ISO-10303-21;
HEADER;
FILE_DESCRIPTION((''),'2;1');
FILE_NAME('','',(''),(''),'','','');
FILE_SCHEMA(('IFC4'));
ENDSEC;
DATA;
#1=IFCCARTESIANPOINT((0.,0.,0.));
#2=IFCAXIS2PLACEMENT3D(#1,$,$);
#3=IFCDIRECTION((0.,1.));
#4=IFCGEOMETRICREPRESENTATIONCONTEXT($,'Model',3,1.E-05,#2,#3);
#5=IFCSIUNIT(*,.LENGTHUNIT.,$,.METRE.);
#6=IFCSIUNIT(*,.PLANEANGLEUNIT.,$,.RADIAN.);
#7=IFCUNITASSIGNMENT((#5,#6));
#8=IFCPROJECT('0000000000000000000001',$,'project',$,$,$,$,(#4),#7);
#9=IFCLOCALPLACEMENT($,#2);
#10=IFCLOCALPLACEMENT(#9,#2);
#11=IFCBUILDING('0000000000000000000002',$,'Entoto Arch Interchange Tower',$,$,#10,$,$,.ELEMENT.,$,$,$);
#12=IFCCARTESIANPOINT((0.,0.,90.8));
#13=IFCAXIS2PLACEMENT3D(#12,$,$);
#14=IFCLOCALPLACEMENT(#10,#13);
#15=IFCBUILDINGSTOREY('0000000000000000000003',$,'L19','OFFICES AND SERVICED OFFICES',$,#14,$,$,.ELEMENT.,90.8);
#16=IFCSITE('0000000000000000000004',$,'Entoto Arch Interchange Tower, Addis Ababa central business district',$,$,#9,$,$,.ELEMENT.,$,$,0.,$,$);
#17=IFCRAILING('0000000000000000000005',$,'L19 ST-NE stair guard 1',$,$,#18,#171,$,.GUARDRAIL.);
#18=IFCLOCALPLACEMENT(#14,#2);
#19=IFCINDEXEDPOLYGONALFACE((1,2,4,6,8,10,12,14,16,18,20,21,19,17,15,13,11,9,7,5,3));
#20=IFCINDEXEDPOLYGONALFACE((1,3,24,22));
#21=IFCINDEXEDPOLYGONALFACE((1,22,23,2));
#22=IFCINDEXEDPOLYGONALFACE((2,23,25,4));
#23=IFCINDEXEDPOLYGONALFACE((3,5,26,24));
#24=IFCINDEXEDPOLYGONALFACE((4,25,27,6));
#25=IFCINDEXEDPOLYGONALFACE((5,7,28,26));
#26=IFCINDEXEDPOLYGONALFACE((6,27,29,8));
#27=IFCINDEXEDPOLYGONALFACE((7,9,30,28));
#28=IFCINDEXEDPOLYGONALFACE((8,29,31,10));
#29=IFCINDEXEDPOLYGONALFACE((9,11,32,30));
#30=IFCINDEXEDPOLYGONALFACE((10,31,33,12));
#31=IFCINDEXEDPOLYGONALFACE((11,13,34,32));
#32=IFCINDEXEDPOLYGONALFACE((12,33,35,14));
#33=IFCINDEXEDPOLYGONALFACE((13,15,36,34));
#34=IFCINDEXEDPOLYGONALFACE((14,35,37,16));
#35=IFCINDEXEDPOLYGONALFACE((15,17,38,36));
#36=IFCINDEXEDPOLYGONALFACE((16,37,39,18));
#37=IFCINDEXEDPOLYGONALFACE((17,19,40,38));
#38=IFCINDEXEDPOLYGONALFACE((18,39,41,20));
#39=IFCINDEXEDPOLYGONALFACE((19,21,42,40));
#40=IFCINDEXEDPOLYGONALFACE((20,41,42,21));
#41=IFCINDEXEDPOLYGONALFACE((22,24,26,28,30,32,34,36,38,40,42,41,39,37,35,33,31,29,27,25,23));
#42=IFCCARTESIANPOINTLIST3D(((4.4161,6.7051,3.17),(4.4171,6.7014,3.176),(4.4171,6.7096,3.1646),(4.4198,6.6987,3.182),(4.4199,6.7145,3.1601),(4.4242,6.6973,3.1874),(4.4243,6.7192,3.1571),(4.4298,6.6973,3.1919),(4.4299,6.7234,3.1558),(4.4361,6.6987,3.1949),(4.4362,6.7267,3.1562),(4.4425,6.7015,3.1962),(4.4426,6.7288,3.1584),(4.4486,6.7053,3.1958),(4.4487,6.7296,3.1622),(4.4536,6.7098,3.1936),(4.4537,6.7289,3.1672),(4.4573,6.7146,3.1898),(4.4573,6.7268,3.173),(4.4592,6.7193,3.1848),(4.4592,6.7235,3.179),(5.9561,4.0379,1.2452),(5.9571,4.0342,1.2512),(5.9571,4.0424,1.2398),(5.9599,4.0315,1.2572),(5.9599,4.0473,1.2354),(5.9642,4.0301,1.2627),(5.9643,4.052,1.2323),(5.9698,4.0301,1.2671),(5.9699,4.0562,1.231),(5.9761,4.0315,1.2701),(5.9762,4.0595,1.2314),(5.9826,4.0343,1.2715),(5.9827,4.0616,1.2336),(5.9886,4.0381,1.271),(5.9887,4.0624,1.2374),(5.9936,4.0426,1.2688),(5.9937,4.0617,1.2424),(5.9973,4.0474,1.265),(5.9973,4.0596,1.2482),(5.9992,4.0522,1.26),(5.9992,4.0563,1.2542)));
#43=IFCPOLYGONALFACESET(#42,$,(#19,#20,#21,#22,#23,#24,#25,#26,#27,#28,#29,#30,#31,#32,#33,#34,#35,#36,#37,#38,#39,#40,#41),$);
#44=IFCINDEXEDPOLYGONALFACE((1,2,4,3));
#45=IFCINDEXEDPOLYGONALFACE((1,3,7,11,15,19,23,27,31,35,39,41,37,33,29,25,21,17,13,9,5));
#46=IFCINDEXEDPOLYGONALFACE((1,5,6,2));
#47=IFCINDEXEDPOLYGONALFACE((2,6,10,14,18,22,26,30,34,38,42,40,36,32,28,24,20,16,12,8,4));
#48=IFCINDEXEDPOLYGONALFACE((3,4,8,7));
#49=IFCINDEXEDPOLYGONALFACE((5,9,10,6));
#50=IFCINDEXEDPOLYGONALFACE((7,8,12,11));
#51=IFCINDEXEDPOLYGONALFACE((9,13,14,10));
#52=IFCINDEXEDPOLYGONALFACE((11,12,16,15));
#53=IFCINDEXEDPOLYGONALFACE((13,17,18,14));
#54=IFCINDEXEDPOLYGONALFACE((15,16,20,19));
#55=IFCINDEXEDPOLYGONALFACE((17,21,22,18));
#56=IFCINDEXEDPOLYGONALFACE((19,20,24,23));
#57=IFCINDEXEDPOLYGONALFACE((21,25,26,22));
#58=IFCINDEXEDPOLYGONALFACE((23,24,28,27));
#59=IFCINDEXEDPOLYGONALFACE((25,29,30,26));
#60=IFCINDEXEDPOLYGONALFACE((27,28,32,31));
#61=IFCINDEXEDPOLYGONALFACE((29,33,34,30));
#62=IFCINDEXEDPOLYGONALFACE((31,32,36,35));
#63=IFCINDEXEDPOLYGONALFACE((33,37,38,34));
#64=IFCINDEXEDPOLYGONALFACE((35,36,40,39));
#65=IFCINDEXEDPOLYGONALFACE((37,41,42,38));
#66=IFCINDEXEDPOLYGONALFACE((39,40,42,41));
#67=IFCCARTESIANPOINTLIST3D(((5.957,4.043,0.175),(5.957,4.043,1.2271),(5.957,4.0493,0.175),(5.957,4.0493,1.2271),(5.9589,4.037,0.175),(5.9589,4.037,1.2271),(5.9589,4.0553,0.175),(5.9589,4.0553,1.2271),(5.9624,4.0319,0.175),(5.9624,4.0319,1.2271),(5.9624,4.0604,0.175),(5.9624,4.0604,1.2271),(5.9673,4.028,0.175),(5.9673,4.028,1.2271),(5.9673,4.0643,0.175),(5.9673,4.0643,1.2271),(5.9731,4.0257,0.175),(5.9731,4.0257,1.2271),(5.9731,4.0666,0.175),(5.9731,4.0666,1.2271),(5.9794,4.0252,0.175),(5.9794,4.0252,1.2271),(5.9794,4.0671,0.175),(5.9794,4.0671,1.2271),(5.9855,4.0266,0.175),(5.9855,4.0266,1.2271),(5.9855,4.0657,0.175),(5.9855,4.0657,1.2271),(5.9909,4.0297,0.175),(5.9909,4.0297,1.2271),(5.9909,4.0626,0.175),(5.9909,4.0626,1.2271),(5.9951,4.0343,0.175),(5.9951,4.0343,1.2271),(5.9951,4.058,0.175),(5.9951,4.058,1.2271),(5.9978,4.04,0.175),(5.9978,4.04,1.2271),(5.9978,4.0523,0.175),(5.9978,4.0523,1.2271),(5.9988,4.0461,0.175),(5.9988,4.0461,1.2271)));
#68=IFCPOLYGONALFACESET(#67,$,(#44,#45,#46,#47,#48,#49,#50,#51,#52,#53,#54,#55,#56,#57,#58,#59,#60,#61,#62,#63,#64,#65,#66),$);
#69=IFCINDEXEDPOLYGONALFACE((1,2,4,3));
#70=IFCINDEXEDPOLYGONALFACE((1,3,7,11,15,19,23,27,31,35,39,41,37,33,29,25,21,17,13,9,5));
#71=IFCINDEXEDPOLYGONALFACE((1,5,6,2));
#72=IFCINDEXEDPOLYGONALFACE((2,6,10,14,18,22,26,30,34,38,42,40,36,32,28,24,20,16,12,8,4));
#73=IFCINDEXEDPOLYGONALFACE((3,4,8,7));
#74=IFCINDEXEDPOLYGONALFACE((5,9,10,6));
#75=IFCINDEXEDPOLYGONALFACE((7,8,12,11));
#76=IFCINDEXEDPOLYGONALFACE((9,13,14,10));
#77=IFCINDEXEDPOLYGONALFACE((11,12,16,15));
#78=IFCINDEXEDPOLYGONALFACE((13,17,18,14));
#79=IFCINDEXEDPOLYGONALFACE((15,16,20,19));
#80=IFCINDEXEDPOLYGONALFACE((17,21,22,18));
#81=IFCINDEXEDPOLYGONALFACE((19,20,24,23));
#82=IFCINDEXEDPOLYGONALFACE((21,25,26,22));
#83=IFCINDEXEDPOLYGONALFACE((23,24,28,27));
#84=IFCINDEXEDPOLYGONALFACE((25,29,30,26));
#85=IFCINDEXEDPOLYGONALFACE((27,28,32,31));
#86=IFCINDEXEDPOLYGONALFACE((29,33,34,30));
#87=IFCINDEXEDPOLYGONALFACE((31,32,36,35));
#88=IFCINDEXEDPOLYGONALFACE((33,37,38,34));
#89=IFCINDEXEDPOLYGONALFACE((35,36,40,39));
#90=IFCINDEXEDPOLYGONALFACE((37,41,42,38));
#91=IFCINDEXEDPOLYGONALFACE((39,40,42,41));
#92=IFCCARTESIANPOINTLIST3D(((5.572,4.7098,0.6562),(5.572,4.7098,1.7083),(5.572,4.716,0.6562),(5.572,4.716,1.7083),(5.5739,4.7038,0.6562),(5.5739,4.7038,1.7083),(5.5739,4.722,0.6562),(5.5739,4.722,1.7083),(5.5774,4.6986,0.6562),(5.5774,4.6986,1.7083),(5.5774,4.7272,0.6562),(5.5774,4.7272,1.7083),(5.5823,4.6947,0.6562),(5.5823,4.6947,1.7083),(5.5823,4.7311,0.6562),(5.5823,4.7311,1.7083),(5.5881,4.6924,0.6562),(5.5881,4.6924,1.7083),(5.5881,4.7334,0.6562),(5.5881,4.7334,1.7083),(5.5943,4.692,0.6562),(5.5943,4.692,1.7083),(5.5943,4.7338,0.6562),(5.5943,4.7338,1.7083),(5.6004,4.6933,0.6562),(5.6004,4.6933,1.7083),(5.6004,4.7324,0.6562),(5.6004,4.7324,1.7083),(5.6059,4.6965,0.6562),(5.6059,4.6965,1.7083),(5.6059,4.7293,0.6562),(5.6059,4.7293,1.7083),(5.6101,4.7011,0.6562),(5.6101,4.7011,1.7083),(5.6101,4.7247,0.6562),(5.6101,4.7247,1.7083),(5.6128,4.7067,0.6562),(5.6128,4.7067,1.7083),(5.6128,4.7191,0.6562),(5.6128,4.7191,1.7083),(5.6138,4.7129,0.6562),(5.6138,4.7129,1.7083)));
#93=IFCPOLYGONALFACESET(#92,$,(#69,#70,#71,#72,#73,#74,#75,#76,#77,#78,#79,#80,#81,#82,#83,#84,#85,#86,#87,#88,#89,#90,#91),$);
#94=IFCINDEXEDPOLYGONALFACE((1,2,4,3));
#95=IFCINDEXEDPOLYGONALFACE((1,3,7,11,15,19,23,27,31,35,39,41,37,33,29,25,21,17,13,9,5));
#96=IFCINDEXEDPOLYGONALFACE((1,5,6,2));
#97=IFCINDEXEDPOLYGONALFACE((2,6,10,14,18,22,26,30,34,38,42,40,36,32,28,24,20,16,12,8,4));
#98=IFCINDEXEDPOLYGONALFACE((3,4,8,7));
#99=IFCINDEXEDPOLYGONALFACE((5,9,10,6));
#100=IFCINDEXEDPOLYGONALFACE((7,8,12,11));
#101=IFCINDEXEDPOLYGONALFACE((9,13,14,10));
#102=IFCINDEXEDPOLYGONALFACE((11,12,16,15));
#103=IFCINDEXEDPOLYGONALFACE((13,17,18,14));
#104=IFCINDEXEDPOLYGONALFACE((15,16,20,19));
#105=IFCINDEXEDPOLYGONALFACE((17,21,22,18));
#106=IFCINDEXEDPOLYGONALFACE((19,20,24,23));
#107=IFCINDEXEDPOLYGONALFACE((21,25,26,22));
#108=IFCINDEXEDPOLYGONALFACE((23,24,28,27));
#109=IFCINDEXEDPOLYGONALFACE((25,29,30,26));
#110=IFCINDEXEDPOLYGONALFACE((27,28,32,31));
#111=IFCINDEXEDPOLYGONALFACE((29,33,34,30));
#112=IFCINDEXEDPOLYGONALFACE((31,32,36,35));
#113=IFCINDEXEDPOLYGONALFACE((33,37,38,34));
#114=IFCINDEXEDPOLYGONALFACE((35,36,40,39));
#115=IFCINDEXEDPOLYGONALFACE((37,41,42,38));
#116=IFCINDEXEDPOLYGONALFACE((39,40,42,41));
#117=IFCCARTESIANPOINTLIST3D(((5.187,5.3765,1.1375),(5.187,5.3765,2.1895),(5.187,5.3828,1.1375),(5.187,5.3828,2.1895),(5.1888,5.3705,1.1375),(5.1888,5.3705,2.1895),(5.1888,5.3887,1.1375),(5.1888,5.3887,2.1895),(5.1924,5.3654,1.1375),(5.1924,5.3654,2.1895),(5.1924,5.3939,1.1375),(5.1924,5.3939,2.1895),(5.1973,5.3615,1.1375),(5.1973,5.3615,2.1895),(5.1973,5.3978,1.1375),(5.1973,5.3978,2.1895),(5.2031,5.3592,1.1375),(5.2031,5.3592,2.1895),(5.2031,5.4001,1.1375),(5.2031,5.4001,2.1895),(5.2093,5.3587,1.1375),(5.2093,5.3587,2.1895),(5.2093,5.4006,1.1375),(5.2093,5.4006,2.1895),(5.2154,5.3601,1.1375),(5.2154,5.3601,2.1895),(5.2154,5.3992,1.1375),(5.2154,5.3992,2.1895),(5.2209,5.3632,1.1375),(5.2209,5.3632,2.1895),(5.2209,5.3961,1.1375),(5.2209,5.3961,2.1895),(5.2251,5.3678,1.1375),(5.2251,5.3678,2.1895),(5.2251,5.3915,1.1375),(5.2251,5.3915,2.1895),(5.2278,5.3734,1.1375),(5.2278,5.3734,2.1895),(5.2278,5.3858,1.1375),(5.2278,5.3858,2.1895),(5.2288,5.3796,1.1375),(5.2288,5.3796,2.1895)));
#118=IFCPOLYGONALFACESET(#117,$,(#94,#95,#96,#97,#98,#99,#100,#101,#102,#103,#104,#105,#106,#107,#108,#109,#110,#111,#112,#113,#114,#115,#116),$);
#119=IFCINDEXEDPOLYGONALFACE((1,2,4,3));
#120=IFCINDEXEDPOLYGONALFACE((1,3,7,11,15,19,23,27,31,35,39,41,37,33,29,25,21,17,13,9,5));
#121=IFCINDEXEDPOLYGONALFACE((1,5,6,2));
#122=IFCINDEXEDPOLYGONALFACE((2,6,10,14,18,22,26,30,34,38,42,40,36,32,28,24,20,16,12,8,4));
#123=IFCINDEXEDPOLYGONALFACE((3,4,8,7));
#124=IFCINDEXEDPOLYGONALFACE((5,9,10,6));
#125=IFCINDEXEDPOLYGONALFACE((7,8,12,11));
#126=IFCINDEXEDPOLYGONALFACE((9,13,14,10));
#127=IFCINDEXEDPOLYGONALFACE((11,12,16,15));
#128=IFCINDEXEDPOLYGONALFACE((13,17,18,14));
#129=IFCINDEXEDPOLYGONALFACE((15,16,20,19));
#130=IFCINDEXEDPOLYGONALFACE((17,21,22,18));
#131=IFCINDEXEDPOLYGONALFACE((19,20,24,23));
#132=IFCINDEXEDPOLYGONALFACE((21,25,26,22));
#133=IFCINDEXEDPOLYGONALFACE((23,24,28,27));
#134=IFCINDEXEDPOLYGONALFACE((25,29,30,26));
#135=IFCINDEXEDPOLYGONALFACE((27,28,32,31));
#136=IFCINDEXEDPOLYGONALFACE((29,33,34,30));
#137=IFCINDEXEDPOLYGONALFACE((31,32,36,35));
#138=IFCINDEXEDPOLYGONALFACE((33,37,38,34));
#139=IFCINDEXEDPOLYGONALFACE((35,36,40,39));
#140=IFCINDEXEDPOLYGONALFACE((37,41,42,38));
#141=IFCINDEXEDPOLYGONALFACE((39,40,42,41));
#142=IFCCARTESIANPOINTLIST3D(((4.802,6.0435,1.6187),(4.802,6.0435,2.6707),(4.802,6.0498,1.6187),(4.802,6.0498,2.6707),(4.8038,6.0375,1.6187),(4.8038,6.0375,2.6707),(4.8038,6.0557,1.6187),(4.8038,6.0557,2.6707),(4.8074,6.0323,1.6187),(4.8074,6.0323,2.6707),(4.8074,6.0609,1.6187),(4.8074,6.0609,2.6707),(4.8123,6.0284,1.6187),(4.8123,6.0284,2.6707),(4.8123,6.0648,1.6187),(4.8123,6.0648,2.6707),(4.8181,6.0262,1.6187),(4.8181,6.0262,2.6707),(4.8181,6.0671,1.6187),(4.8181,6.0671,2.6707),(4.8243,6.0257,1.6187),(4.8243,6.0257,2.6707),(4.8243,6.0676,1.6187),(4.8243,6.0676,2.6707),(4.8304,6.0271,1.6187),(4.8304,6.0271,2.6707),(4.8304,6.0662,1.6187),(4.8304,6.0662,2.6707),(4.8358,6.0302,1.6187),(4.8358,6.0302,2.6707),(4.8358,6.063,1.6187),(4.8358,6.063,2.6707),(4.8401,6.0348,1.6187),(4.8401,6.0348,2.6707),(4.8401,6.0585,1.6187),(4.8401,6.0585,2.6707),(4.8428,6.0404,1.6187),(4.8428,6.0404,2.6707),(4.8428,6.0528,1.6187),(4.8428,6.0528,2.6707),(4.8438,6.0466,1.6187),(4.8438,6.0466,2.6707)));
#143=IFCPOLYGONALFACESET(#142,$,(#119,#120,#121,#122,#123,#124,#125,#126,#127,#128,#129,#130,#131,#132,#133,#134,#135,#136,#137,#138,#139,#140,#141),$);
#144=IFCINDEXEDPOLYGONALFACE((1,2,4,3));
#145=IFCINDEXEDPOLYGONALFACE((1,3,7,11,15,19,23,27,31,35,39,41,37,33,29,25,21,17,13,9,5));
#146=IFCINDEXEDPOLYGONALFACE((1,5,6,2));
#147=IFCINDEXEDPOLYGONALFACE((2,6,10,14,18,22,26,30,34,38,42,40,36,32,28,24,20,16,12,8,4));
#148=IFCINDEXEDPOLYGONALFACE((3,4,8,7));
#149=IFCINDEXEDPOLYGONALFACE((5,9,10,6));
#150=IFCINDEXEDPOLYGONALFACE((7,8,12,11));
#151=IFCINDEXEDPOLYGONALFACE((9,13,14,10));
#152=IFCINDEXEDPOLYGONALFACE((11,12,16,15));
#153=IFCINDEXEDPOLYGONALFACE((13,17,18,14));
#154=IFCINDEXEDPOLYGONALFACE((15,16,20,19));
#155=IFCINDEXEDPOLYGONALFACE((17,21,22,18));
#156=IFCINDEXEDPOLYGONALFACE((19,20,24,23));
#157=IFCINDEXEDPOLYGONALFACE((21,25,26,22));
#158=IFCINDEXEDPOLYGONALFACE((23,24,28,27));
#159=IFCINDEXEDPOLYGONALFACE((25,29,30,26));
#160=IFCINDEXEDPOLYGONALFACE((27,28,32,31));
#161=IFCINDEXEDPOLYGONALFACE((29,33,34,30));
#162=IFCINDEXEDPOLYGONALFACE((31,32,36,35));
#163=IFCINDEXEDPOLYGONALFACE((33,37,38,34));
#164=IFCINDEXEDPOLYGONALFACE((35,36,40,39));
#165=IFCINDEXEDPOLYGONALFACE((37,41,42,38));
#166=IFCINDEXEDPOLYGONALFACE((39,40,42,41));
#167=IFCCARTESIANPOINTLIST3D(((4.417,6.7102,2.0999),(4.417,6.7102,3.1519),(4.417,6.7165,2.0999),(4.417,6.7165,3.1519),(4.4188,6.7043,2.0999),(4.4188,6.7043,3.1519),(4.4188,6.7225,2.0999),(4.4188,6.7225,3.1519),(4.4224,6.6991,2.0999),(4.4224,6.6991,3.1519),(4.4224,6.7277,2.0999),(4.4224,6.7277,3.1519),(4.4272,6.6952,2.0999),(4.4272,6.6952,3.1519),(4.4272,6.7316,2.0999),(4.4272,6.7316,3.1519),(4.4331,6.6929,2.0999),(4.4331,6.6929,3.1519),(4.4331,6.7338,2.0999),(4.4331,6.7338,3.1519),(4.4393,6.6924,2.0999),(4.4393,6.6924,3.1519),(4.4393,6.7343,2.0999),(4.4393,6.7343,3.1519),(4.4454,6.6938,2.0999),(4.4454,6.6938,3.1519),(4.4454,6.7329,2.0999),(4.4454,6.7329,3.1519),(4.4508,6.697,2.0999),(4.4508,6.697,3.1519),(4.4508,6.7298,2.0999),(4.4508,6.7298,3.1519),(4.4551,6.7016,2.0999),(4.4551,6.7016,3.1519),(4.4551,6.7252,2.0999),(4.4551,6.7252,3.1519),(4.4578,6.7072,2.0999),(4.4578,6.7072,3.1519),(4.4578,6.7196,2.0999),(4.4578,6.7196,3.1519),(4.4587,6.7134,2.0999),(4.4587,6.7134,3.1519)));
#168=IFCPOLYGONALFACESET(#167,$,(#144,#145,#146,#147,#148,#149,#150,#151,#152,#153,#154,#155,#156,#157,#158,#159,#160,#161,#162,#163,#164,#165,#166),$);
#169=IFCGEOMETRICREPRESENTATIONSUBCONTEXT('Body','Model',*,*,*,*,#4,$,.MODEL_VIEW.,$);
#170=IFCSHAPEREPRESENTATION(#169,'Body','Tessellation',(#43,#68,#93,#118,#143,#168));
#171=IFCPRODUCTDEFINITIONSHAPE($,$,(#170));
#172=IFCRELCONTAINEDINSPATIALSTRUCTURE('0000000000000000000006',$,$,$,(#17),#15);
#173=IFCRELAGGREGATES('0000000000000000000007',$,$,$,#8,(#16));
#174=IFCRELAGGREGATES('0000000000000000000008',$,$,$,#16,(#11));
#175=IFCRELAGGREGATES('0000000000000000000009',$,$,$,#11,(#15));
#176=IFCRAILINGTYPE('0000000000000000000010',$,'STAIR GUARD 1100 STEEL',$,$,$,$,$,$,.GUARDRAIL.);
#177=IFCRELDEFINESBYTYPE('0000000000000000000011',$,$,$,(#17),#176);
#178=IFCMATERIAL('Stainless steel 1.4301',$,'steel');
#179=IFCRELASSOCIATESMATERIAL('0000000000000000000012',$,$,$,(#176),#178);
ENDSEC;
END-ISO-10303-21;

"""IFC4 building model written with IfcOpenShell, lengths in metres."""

from ifc_helpers import new_model, si_unit, direction, frame, origin, origin_2d, place, context, subcontext, project, spatial, circle, extrude, material, type_object, element, save


model = new_model("IFC4")

# Units and contexts
model_context = context("Model", 3, precision=1e-05, world=origin(), true_north=direction((0.0, 1.0)))
body_context = subcontext(model_context, "Body", "Model", "MODEL_VIEW")
ifc_project = project(units=[si_unit("LENGTHUNIT", "METRE"), si_unit("PLANEANGLEUNIT", "RADIAN")], contexts=[model_context])

# Site, building, storey
site_placement = place(None, origin())
site = spatial("IfcSite", under=ifc_project, at=site_placement, Name="Entoto Arch Interchange Tower, Addis Ababa central business district", CompositionType="ELEMENT", RefElevation=0.0)
building_placement = place(site_placement, origin())
building = spatial("IfcBuilding", under=site, at=building_placement, Name="Entoto Arch Interchange Tower", CompositionType="ELEMENT")
storey_placement = place(building_placement, frame((0.0, 0.0, 90.8)))
storey = spatial("IfcBuildingStorey", under=building, at=storey_placement, Name="L19", Description="OFFICES AND SERVICED OFFICES", CompositionType="ELEMENT", Elevation=90.8)

# Railing
ifc_material_1 = material(Name="Stainless steel 1.4301", Category="steel")
railing_type_1 = type_object("IfcRailingType", Name="STAIR GUARD 1100 STEEL", PredefinedType="GUARDRAIL", material=ifc_material_1)
railing_1_placement = place(storey_placement, frame((5.9778, 4.0461, 0.175)))
element("IfcRailing", 1, at=railing_1_placement, inside=storey, type_object=railing_type_1, Name="L19 ST-NE stair guard 1", PredefinedType="GUARDRAIL", context=body_context, shape_type="SweptSolid", body=[
    extrude(circle(Radius=0.0239, at=origin_2d()), frame((0.0, 0.0, 1.0762), z_axis=(-0.424031, 0.73439, 0.529971), x_axis=(-0.86601, -0.500027, 0.0)), (0.0, 0.0, 1.0), 3.6318),
    extrude(circle(Radius=0.021, at=origin_2d()), origin(), (0.0, 0.0, 1.0), 1.052),
    extrude(circle(Radius=0.021, at=origin_2d()), frame((-0.385, 0.6667, 0.4812)), (0.0, 0.0, 1.0), 1.052),
    extrude(circle(Radius=0.021, at=origin_2d()), frame((-0.77, 1.3335, 0.9624)), (0.0, 0.0, 1.0), 1.052),
    extrude(circle(Radius=0.021, at=origin_2d()), frame((-1.155, 2.0005, 1.4436)), (0.0, 0.0, 1.0), 1.052),
    extrude(circle(Radius=0.021, at=origin_2d()), frame((-1.54, 2.6672, 1.9248)), (0.0, 0.0, 1.0), 1.052),
])

save(model, "model.ifc")
